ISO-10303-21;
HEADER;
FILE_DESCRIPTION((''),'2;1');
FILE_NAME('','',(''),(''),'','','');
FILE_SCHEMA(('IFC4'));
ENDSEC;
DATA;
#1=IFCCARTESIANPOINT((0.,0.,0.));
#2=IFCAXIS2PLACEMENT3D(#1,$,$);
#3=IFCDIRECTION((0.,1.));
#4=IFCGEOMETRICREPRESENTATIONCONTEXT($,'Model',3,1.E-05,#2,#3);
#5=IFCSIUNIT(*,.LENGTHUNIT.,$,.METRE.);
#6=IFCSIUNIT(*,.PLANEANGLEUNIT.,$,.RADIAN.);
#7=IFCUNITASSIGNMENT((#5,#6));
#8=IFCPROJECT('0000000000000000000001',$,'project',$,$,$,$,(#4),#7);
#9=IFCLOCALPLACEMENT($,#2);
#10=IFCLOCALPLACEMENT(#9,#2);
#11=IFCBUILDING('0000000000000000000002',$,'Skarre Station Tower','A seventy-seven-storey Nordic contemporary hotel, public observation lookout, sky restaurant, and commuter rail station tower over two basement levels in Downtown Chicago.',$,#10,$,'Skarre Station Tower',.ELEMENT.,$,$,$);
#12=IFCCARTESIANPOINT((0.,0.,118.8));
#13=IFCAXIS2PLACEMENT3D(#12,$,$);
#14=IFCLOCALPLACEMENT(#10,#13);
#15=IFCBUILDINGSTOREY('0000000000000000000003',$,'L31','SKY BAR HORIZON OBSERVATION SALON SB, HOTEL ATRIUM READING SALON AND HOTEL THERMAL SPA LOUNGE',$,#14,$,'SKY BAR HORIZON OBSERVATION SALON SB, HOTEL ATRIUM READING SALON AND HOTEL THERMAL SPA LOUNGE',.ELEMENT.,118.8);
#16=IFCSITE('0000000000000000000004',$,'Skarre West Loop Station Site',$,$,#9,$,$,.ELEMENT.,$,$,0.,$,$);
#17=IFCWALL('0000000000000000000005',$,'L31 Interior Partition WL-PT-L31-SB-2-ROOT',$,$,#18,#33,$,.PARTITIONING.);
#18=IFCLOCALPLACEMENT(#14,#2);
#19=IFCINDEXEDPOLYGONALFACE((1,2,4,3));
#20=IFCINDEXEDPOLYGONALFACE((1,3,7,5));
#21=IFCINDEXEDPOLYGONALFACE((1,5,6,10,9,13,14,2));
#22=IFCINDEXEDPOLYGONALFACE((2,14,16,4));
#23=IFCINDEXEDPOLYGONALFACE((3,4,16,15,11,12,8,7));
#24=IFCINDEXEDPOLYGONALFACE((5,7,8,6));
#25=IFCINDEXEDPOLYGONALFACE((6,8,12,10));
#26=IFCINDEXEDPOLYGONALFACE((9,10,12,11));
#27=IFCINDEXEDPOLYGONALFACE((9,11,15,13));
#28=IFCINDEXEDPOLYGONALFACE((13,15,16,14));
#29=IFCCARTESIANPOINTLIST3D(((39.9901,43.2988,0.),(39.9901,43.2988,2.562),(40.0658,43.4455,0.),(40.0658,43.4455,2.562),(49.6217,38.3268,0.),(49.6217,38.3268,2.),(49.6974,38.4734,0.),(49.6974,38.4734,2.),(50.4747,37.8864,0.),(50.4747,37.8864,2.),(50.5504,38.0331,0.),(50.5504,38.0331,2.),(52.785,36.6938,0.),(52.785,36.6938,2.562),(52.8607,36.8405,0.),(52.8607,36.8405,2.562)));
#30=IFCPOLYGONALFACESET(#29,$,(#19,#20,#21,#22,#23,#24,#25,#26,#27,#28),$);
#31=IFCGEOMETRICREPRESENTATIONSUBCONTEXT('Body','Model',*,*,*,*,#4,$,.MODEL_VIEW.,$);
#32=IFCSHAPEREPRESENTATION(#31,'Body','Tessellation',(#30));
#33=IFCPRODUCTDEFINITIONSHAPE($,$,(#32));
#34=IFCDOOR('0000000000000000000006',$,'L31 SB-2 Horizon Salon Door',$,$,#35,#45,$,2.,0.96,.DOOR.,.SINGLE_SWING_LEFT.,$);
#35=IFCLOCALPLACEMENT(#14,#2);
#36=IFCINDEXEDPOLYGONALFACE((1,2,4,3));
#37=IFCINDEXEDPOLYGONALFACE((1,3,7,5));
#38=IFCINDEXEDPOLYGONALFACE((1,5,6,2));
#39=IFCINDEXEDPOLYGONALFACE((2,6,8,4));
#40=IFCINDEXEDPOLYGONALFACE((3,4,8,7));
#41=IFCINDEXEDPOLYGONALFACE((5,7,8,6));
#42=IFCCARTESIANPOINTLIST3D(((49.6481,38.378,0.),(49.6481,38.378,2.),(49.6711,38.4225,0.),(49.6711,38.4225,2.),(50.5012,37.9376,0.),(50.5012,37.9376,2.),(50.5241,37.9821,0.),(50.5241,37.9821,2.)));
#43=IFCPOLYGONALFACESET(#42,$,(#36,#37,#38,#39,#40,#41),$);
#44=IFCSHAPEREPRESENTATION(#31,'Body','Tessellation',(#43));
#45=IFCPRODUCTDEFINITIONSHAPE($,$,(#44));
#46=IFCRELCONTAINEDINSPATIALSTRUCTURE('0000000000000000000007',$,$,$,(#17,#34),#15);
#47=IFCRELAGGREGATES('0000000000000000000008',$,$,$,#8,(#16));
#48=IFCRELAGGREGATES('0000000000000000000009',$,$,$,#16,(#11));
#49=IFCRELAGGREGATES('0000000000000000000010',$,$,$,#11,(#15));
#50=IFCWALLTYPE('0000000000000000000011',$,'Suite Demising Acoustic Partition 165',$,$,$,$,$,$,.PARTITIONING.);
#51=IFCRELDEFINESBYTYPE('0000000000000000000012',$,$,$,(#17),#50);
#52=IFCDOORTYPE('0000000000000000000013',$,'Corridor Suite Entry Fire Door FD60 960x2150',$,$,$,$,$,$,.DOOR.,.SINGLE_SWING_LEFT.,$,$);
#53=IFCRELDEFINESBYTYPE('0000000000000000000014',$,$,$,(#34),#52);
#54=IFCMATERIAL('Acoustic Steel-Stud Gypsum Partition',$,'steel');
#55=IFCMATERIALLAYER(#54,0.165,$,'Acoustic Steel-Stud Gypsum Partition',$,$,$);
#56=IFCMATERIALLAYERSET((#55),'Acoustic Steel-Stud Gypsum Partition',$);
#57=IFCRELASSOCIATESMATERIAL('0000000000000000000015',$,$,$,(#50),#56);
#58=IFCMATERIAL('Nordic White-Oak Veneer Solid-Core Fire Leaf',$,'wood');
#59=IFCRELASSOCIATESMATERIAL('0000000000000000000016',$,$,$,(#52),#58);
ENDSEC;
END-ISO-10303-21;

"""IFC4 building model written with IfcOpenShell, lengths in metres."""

from ifc_helpers import new_model, si_unit, direction, frame, frame_2d, origin, place, context, subcontext, project, spatial, rectangle, extrude, material, layer, layer_set, type_object, element, fill, save


model = new_model("IFC4")

# Units and contexts
model_context = context("Model", 3, precision=1e-05, world=origin(), true_north=direction((0.0, 1.0)))
body_context = subcontext(model_context, "Body", "Model", "MODEL_VIEW")
ifc_project = project(units=[si_unit("LENGTHUNIT", "METRE"), si_unit("PLANEANGLEUNIT", "RADIAN")], contexts=[model_context])

# Site, building, storey
site_placement = place(None, origin())
site = spatial("IfcSite", under=ifc_project, at=site_placement, Name="Skarre West Loop Station Site", CompositionType="ELEMENT", RefElevation=0.0)
building_placement = place(site_placement, origin())
building = spatial("IfcBuilding", under=site, at=building_placement, Name="Skarre Station Tower", Description="A seventy-seven-storey Nordic contemporary hotel, public observation lookout, sky restaurant, and commuter rail station tower over two basement levels in Downtown Chicago.", LongName="Skarre Station Tower", CompositionType="ELEMENT")
storey_placement = place(building_placement, frame((0.0, 0.0, 118.8)))
storey = spatial("IfcBuildingStorey", under=building, at=storey_placement, Name="L31", Description="SKY BAR HORIZON OBSERVATION SALON SB, HOTEL ATRIUM READING SALON AND HOTEL THERMAL SPA LOUNGE", LongName="SKY BAR HORIZON OBSERVATION SALON SB, HOTEL ATRIUM READING SALON AND HOTEL THERMAL SPA LOUNGE", CompositionType="ELEMENT", Elevation=118.8)

# Wall, opening, door
ifc_material_1 = material(Name="Acoustic Steel-Stud Gypsum Partition", Category="steel")
ifc_layer_1 = layer(ifc_material_1, 0.165, Name="Acoustic Steel-Stud Gypsum Partition")
ifc_layer_set_1 = layer_set([ifc_layer_1], Name="Acoustic Steel-Stud Gypsum Partition")
wall_type_1 = type_object("IfcWallType", Name="Suite Demising Acoustic Partition 165", PredefinedType="PARTITIONING", material=ifc_layer_set_1)
wall_1_placement = place(storey_placement, frame((52.823, 36.7671, 0.0), z_axis=(0.0, 0.0, 1.0), x_axis=(-0.888588, 0.458706, 0.0)))
wall_1 = element("IfcWall", 1, at=wall_1_placement, inside=storey, type_object=wall_type_1, Name="L31 Interior Partition WL-PT-L31-SB-2-ROOT", PredefinedType="PARTITIONING", context=body_context, shape_type="SweptSolid", body=[
    extrude(rectangle(XDim=14.3992, YDim=0.165, at=frame_2d((7.1997, 0.0))), origin(), (0.0, 0.0, 1.0), 2.562),
])
opening_1_placement = place(wall_1_placement, frame((2.6001, 0.0, 0.0)))
opening_1 = element("IfcOpeningElement", 2, at=opening_1_placement, cuts=wall_1, PredefinedType="OPENING", context=body_context, shape_type="SweptSolid", body=[
    extrude(rectangle(XDim=0.96, YDim=2.0, at=frame_2d((0.48, 1.0))), frame((0.0, 0.0925, 0.0), z_axis=(0.0, -1.0, 0.0), x_axis=(1.0, 0.0, 0.0)), (0.0, 0.0, 1.0), 0.1851),
])
ifc_material_2 = material(Name="Nordic White-Oak Veneer Solid-Core Fire Leaf", Category="wood")
door_type = type_object("IfcDoorType", Name="Corridor Suite Entry Fire Door FD60 960x2150", OperationType="SINGLE_SWING_LEFT", PredefinedType="DOOR", material=ifc_material_2)
door_placement = place(opening_1_placement, origin())
door = element("IfcDoor", 3, at=door_placement, inside=storey, type_object=door_type, Name="L31 SB-2 Horizon Salon Door", OperationType="SINGLE_SWING_LEFT", OverallHeight=2.0, OverallWidth=0.96, PredefinedType="DOOR", context=body_context, shape_type="SweptSolid", body=[
    extrude(rectangle(XDim=0.96, YDim=2.0, at=frame_2d((0.48, 1.0))), frame((0.0, 0.0249, 0.0), z_axis=(0.0, -1.0, 0.0), x_axis=(1.0, 0.0, 0.0)), (0.0, 0.0, 1.0), 0.05),
])
fill(opening_1, door)

save(model, "model.ifc")
